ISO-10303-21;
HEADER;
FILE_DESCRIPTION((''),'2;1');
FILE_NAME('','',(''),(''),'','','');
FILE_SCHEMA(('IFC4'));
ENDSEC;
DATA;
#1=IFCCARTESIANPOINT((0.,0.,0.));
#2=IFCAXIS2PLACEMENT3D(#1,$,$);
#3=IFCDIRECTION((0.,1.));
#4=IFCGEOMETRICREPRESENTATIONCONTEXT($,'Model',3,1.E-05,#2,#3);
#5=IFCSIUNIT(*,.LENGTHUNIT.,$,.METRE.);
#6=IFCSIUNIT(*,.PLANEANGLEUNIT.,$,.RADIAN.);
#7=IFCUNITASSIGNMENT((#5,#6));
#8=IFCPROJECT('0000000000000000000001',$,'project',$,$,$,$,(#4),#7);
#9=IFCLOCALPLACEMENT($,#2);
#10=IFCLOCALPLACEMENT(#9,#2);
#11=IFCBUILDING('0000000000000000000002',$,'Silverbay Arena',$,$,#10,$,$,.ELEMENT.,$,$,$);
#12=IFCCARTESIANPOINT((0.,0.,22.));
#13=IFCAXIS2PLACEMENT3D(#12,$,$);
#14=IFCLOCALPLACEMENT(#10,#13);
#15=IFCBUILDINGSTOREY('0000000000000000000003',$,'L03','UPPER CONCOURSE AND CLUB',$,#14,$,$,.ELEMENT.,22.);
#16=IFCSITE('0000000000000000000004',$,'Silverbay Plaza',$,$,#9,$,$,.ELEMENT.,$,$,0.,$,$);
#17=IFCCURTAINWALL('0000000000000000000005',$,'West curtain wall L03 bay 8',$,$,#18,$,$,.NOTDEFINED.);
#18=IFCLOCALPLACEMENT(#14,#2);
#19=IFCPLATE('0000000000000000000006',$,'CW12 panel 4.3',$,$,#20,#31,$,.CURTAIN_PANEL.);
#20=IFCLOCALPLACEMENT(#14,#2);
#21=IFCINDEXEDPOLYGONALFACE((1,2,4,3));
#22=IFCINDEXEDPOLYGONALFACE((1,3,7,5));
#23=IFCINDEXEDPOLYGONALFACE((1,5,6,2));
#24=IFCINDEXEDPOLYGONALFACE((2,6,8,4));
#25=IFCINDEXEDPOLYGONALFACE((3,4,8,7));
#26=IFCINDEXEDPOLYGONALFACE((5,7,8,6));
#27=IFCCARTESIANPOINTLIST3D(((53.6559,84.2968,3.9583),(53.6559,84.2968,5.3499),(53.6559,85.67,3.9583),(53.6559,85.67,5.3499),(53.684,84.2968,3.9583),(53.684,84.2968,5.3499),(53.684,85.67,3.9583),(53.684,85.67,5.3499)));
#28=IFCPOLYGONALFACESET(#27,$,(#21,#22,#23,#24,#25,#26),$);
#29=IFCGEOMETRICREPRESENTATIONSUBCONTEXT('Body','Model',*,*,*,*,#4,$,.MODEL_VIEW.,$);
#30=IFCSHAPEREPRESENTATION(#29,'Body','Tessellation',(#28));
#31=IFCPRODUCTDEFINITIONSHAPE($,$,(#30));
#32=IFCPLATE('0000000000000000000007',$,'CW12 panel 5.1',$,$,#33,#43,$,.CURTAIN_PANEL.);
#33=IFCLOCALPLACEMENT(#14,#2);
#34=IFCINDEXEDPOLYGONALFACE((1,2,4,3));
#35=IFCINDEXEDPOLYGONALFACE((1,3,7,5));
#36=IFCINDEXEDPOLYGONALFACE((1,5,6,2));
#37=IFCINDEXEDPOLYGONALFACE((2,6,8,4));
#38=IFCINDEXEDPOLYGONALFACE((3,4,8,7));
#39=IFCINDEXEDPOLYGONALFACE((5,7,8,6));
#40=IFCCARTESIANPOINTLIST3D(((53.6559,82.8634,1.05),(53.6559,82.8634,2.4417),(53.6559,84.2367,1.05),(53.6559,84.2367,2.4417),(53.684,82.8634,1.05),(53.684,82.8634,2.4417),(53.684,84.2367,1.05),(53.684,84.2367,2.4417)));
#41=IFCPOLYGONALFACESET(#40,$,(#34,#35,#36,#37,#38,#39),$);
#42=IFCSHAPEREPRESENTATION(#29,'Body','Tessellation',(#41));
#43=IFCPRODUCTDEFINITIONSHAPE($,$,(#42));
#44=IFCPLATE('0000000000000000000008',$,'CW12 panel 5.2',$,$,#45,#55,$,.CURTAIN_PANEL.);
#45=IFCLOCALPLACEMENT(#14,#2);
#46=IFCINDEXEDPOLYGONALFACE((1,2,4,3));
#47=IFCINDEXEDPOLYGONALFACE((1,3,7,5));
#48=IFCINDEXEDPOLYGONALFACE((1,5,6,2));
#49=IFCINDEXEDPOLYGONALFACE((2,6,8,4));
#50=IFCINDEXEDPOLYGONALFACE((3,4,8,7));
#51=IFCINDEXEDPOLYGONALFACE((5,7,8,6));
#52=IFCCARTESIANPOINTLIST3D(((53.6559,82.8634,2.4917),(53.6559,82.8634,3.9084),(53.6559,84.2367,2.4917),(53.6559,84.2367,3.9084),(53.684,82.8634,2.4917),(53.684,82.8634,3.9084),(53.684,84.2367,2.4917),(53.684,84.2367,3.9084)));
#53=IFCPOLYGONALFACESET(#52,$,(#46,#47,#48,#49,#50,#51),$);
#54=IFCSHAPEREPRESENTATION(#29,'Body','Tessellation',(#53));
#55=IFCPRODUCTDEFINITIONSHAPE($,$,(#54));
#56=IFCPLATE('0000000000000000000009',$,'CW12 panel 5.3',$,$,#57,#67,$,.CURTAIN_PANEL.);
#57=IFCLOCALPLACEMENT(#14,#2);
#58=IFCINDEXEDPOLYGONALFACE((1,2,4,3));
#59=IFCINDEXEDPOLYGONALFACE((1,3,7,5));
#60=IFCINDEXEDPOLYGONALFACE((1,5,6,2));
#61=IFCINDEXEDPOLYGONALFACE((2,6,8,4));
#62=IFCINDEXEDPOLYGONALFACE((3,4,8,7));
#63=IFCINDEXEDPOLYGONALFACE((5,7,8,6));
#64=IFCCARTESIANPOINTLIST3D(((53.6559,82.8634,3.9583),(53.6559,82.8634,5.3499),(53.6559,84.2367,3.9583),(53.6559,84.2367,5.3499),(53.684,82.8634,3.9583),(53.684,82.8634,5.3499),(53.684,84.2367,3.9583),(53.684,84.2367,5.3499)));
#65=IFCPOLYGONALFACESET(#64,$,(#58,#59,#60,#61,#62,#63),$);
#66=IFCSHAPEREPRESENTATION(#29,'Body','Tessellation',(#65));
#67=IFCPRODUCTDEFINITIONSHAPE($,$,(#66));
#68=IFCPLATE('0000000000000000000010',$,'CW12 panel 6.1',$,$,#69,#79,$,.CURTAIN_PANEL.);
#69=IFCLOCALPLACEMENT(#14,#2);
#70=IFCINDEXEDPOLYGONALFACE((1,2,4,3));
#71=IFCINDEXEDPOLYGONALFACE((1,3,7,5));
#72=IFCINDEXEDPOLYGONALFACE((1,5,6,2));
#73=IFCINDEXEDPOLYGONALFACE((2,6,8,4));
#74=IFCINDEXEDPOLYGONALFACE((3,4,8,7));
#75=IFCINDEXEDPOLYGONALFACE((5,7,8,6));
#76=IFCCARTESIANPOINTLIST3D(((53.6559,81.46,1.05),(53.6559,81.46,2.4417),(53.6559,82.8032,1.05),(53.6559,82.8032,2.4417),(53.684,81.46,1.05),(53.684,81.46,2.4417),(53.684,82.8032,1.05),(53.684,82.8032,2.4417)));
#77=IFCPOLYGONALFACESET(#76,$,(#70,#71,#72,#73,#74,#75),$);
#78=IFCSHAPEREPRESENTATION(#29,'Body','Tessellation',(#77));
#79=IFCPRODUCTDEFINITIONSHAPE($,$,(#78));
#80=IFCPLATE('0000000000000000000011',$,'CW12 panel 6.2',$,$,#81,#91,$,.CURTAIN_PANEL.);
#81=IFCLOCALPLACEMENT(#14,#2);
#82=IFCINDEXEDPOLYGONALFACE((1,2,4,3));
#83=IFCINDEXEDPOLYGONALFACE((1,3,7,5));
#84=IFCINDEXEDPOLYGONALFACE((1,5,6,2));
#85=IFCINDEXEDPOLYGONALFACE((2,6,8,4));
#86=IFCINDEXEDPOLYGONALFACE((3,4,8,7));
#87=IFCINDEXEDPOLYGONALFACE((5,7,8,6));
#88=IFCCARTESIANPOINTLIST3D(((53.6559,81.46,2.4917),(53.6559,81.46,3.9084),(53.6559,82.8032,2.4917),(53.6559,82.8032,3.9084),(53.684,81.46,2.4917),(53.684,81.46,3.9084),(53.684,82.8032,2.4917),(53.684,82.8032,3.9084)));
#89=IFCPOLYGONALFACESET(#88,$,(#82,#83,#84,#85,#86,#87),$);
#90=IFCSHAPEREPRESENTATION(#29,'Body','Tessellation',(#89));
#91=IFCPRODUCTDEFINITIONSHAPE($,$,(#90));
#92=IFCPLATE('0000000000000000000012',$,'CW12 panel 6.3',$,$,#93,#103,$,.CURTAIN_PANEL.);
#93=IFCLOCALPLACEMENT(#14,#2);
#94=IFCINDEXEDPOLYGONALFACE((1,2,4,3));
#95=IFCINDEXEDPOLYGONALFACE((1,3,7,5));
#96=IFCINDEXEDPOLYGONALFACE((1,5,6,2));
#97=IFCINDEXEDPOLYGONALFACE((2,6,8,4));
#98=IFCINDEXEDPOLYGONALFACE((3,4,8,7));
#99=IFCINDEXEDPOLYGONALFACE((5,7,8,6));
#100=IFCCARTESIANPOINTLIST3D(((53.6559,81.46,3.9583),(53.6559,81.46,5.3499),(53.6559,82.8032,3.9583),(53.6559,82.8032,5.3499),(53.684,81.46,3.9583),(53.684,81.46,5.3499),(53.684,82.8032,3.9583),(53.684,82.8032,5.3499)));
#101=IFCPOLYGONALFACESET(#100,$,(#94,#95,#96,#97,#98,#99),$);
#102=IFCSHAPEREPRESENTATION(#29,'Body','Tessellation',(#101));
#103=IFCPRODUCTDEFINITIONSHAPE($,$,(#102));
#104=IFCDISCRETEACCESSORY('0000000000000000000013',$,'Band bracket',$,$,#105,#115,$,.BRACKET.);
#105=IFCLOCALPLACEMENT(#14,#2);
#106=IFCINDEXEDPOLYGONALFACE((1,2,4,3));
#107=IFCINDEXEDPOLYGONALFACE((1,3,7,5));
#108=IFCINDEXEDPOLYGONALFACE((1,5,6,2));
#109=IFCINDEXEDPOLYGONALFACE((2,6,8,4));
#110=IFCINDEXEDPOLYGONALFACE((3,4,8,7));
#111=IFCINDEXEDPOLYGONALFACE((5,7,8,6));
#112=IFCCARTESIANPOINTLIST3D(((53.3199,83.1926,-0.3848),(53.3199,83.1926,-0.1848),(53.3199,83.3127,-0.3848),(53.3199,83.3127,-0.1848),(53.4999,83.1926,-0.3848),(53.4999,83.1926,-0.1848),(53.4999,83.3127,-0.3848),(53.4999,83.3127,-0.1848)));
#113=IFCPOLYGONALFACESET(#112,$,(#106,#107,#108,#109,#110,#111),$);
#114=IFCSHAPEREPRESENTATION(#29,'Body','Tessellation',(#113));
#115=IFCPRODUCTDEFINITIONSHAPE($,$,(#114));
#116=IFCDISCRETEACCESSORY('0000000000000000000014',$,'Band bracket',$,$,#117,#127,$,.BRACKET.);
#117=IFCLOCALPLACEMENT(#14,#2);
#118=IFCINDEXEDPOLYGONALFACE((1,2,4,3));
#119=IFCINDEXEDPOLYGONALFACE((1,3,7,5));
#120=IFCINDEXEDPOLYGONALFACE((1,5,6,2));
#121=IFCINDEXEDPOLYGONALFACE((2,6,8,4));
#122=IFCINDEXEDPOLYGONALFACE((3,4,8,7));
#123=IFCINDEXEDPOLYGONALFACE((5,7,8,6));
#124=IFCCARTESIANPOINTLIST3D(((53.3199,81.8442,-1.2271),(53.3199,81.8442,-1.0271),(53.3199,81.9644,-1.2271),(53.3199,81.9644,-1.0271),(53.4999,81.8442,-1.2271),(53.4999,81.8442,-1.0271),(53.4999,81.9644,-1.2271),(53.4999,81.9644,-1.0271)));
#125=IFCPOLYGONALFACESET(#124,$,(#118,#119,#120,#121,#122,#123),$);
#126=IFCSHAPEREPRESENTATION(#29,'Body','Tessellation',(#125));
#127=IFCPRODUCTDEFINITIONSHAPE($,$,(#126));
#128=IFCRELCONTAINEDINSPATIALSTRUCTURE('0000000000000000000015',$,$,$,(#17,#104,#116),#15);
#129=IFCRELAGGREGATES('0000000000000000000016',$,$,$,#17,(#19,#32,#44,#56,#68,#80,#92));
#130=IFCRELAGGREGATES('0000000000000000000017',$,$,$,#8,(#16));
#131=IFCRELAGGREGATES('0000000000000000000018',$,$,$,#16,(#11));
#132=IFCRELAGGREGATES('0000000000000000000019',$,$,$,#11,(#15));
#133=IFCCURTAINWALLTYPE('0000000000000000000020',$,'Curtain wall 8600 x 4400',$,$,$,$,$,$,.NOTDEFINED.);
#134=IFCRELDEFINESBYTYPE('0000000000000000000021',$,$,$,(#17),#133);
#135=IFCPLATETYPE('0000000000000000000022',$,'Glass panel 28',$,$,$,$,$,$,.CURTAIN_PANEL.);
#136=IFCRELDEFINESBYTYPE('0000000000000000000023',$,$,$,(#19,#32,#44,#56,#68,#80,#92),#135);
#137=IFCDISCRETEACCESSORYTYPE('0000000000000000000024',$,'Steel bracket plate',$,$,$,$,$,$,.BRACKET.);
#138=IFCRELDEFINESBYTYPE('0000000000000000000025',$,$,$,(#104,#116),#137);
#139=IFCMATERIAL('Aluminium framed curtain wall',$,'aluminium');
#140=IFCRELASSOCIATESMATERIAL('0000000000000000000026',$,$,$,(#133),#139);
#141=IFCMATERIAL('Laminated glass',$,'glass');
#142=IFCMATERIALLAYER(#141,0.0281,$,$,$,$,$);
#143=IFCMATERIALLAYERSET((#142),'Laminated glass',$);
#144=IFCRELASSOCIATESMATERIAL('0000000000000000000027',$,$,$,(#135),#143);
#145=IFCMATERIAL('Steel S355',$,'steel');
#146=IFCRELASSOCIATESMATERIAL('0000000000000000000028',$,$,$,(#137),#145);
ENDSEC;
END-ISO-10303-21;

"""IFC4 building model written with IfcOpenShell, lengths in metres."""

from ifc_helpers import new_model, si_unit, direction, frame, origin, origin_2d, place, context, subcontext, project, spatial, rectangle, extrude, material, layer, layer_set, type_object, element, aggregate, save


model = new_model("IFC4")

# Units and contexts
model_context = context("Model", 3, precision=1e-05, world=origin(), true_north=direction((0.0, 1.0)))
body_context = subcontext(model_context, "Body", "Model", "MODEL_VIEW")
ifc_project = project(units=[si_unit("LENGTHUNIT", "METRE"), si_unit("PLANEANGLEUNIT", "RADIAN")], contexts=[model_context])

# Site, building, storey
site_placement = place(None, origin())
site = spatial("IfcSite", under=ifc_project, at=site_placement, Name="Silverbay Plaza", CompositionType="ELEMENT", RefElevation=0.0)
building_placement = place(site_placement, origin())
building = spatial("IfcBuilding", under=site, at=building_placement, Name="Silverbay Arena", CompositionType="ELEMENT")
storey_placement = place(building_placement, frame((0.0, 0.0, 22.0)))
storey = spatial("IfcBuildingStorey", under=building, at=storey_placement, Name="L03", Description="UPPER CONCOURSE AND CLUB", CompositionType="ELEMENT", Elevation=22.0)

# Curtain wall
ifc_material_1 = material(Name="Aluminium framed curtain wall", Category="aluminium")
curtain_wall_type = type_object("IfcCurtainWallType", Name="Curtain wall 8600 x 4400", PredefinedType="NOTDEFINED", material=ifc_material_1)
curtain_wall_placement = place(storey_placement, origin())
curtain_wall = element("IfcCurtainWall", 1, at=curtain_wall_placement, inside=storey, type_object=curtain_wall_type, Name="West curtain wall L03 bay 8", PredefinedType="NOTDEFINED")

# Plates
ifc_material_2 = material(Name="Laminated glass", Category="glass")
ifc_layer = layer(ifc_material_2, 0.0281)
ifc_layer_set = layer_set([ifc_layer], Name="Laminated glass")
plate_type = type_object("IfcPlateType", Name="Glass panel 28", PredefinedType="CURTAIN_PANEL", material=ifc_layer_set)
plate_1_placement = place(storey_placement, frame((53.6699, 84.9834, 3.9583), z_axis=(0.0, 0.0, 1.0), x_axis=(0.0, -1.0, 0.0)))
plate_1 = element("IfcPlate", 2, at=plate_1_placement, type_object=plate_type, Name="CW12 panel 4.3", PredefinedType="CURTAIN_PANEL", context=body_context, shape_type="SweptSolid", body=[
    extrude(rectangle(XDim=1.3733, YDim=0.0281, at=origin_2d()), origin(), (0.0, 0.0, 1.0), 1.3916),
])
plate_2_placement = place(storey_placement, frame((53.6699, 83.55, 1.05), z_axis=(0.0, 0.0, 1.0), x_axis=(0.0, -1.0, 0.0)))
plate_2 = element("IfcPlate", 3, at=plate_2_placement, type_object=plate_type, Name="CW12 panel 5.1", PredefinedType="CURTAIN_PANEL", context=body_context, shape_type="SweptSolid", body=[
    extrude(rectangle(XDim=1.3733, YDim=0.0281, at=origin_2d()), origin(), (0.0, 0.0, 1.0), 1.3916),
])
plate_3_placement = place(storey_placement, frame((53.6699, 83.55, 2.4917), z_axis=(0.0, 0.0, 1.0), x_axis=(0.0, -1.0, 0.0)))
plate_3 = element("IfcPlate", 4, at=plate_3_placement, type_object=plate_type, Name="CW12 panel 5.2", PredefinedType="CURTAIN_PANEL", context=body_context, shape_type="SweptSolid", body=[
    extrude(rectangle(XDim=1.3733, YDim=0.0281, at=origin_2d()), origin(), (0.0, 0.0, 1.0), 1.4167),
])
plate_4_placement = place(storey_placement, frame((53.6699, 83.55, 3.9583), z_axis=(0.0, 0.0, 1.0), x_axis=(0.0, -1.0, 0.0)))
plate_4 = element("IfcPlate", 5, at=plate_4_placement, type_object=plate_type, Name="CW12 panel 5.3", PredefinedType="CURTAIN_PANEL", context=body_context, shape_type="SweptSolid", body=[
    extrude(rectangle(XDim=1.3733, YDim=0.0281, at=origin_2d()), origin(), (0.0, 0.0, 1.0), 1.3916),
])
plate_5_placement = place(storey_placement, frame((53.6699, 82.1316, 1.05), z_axis=(0.0, 0.0, 1.0), x_axis=(0.0, -1.0, 0.0)))
plate_5 = element("IfcPlate", 6, at=plate_5_placement, type_object=plate_type, Name="CW12 panel 6.1", PredefinedType="CURTAIN_PANEL", context=body_context, shape_type="SweptSolid", body=[
    extrude(rectangle(XDim=1.3433, YDim=0.0281, at=origin_2d()), origin(), (0.0, 0.0, 1.0), 1.3916),
])
plate_6_placement = place(storey_placement, frame((53.6699, 82.1316, 2.4917), z_axis=(0.0, 0.0, 1.0), x_axis=(0.0, -1.0, 0.0)))
plate_6 = element("IfcPlate", 7, at=plate_6_placement, type_object=plate_type, Name="CW12 panel 6.2", PredefinedType="CURTAIN_PANEL", context=body_context, shape_type="SweptSolid", body=[
    extrude(rectangle(XDim=1.3433, YDim=0.0281, at=origin_2d()), origin(), (0.0, 0.0, 1.0), 1.4167),
])
plate_7_placement = place(storey_placement, frame((53.6699, 82.1316, 3.9583), z_axis=(0.0, 0.0, 1.0), x_axis=(0.0, -1.0, 0.0)))
plate_7 = element("IfcPlate", 8, at=plate_7_placement, type_object=plate_type, Name="CW12 panel 6.3", PredefinedType="CURTAIN_PANEL", context=body_context, shape_type="SweptSolid", body=[
    extrude(rectangle(XDim=1.3433, YDim=0.0281, at=origin_2d()), origin(), (0.0, 0.0, 1.0), 1.3916),
])
aggregate(curtain_wall, [plate_1, plate_2, plate_3, plate_4, plate_5, plate_6, plate_7])

# Discrete accessories
ifc_material_3 = material(Name="Steel S355", Category="steel")
discrete_accessory_type = type_object("IfcDiscreteAccessoryType", Name="Steel bracket plate", PredefinedType="BRACKET", material=ifc_material_3)
for number, where, z_axis, x_axis, name in (
    (9, (53.4099, 83.2527, -0.3848), (0.0, 0.0, 1.0), (1.0, 0.0, 0.0), "Band bracket"),
    (10, (53.4099, 81.9043, -1.2271), (0.0, 0.0, 1.0), (1.0, 0.0, 0.0), "Band bracket"),
):
    element("IfcDiscreteAccessory", number, at=place(storey_placement, frame(where, z_axis=z_axis, x_axis=x_axis)), inside=storey, type_object=discrete_accessory_type, Name=name, PredefinedType="BRACKET", context=body_context, shape_type="SweptSolid", body=[
        extrude(rectangle(XDim=0.1799, YDim=0.1201, at=origin_2d()), origin(), (0.0, 0.0, 1.0), 0.2),
    ])

save(model, "model.ifc")
